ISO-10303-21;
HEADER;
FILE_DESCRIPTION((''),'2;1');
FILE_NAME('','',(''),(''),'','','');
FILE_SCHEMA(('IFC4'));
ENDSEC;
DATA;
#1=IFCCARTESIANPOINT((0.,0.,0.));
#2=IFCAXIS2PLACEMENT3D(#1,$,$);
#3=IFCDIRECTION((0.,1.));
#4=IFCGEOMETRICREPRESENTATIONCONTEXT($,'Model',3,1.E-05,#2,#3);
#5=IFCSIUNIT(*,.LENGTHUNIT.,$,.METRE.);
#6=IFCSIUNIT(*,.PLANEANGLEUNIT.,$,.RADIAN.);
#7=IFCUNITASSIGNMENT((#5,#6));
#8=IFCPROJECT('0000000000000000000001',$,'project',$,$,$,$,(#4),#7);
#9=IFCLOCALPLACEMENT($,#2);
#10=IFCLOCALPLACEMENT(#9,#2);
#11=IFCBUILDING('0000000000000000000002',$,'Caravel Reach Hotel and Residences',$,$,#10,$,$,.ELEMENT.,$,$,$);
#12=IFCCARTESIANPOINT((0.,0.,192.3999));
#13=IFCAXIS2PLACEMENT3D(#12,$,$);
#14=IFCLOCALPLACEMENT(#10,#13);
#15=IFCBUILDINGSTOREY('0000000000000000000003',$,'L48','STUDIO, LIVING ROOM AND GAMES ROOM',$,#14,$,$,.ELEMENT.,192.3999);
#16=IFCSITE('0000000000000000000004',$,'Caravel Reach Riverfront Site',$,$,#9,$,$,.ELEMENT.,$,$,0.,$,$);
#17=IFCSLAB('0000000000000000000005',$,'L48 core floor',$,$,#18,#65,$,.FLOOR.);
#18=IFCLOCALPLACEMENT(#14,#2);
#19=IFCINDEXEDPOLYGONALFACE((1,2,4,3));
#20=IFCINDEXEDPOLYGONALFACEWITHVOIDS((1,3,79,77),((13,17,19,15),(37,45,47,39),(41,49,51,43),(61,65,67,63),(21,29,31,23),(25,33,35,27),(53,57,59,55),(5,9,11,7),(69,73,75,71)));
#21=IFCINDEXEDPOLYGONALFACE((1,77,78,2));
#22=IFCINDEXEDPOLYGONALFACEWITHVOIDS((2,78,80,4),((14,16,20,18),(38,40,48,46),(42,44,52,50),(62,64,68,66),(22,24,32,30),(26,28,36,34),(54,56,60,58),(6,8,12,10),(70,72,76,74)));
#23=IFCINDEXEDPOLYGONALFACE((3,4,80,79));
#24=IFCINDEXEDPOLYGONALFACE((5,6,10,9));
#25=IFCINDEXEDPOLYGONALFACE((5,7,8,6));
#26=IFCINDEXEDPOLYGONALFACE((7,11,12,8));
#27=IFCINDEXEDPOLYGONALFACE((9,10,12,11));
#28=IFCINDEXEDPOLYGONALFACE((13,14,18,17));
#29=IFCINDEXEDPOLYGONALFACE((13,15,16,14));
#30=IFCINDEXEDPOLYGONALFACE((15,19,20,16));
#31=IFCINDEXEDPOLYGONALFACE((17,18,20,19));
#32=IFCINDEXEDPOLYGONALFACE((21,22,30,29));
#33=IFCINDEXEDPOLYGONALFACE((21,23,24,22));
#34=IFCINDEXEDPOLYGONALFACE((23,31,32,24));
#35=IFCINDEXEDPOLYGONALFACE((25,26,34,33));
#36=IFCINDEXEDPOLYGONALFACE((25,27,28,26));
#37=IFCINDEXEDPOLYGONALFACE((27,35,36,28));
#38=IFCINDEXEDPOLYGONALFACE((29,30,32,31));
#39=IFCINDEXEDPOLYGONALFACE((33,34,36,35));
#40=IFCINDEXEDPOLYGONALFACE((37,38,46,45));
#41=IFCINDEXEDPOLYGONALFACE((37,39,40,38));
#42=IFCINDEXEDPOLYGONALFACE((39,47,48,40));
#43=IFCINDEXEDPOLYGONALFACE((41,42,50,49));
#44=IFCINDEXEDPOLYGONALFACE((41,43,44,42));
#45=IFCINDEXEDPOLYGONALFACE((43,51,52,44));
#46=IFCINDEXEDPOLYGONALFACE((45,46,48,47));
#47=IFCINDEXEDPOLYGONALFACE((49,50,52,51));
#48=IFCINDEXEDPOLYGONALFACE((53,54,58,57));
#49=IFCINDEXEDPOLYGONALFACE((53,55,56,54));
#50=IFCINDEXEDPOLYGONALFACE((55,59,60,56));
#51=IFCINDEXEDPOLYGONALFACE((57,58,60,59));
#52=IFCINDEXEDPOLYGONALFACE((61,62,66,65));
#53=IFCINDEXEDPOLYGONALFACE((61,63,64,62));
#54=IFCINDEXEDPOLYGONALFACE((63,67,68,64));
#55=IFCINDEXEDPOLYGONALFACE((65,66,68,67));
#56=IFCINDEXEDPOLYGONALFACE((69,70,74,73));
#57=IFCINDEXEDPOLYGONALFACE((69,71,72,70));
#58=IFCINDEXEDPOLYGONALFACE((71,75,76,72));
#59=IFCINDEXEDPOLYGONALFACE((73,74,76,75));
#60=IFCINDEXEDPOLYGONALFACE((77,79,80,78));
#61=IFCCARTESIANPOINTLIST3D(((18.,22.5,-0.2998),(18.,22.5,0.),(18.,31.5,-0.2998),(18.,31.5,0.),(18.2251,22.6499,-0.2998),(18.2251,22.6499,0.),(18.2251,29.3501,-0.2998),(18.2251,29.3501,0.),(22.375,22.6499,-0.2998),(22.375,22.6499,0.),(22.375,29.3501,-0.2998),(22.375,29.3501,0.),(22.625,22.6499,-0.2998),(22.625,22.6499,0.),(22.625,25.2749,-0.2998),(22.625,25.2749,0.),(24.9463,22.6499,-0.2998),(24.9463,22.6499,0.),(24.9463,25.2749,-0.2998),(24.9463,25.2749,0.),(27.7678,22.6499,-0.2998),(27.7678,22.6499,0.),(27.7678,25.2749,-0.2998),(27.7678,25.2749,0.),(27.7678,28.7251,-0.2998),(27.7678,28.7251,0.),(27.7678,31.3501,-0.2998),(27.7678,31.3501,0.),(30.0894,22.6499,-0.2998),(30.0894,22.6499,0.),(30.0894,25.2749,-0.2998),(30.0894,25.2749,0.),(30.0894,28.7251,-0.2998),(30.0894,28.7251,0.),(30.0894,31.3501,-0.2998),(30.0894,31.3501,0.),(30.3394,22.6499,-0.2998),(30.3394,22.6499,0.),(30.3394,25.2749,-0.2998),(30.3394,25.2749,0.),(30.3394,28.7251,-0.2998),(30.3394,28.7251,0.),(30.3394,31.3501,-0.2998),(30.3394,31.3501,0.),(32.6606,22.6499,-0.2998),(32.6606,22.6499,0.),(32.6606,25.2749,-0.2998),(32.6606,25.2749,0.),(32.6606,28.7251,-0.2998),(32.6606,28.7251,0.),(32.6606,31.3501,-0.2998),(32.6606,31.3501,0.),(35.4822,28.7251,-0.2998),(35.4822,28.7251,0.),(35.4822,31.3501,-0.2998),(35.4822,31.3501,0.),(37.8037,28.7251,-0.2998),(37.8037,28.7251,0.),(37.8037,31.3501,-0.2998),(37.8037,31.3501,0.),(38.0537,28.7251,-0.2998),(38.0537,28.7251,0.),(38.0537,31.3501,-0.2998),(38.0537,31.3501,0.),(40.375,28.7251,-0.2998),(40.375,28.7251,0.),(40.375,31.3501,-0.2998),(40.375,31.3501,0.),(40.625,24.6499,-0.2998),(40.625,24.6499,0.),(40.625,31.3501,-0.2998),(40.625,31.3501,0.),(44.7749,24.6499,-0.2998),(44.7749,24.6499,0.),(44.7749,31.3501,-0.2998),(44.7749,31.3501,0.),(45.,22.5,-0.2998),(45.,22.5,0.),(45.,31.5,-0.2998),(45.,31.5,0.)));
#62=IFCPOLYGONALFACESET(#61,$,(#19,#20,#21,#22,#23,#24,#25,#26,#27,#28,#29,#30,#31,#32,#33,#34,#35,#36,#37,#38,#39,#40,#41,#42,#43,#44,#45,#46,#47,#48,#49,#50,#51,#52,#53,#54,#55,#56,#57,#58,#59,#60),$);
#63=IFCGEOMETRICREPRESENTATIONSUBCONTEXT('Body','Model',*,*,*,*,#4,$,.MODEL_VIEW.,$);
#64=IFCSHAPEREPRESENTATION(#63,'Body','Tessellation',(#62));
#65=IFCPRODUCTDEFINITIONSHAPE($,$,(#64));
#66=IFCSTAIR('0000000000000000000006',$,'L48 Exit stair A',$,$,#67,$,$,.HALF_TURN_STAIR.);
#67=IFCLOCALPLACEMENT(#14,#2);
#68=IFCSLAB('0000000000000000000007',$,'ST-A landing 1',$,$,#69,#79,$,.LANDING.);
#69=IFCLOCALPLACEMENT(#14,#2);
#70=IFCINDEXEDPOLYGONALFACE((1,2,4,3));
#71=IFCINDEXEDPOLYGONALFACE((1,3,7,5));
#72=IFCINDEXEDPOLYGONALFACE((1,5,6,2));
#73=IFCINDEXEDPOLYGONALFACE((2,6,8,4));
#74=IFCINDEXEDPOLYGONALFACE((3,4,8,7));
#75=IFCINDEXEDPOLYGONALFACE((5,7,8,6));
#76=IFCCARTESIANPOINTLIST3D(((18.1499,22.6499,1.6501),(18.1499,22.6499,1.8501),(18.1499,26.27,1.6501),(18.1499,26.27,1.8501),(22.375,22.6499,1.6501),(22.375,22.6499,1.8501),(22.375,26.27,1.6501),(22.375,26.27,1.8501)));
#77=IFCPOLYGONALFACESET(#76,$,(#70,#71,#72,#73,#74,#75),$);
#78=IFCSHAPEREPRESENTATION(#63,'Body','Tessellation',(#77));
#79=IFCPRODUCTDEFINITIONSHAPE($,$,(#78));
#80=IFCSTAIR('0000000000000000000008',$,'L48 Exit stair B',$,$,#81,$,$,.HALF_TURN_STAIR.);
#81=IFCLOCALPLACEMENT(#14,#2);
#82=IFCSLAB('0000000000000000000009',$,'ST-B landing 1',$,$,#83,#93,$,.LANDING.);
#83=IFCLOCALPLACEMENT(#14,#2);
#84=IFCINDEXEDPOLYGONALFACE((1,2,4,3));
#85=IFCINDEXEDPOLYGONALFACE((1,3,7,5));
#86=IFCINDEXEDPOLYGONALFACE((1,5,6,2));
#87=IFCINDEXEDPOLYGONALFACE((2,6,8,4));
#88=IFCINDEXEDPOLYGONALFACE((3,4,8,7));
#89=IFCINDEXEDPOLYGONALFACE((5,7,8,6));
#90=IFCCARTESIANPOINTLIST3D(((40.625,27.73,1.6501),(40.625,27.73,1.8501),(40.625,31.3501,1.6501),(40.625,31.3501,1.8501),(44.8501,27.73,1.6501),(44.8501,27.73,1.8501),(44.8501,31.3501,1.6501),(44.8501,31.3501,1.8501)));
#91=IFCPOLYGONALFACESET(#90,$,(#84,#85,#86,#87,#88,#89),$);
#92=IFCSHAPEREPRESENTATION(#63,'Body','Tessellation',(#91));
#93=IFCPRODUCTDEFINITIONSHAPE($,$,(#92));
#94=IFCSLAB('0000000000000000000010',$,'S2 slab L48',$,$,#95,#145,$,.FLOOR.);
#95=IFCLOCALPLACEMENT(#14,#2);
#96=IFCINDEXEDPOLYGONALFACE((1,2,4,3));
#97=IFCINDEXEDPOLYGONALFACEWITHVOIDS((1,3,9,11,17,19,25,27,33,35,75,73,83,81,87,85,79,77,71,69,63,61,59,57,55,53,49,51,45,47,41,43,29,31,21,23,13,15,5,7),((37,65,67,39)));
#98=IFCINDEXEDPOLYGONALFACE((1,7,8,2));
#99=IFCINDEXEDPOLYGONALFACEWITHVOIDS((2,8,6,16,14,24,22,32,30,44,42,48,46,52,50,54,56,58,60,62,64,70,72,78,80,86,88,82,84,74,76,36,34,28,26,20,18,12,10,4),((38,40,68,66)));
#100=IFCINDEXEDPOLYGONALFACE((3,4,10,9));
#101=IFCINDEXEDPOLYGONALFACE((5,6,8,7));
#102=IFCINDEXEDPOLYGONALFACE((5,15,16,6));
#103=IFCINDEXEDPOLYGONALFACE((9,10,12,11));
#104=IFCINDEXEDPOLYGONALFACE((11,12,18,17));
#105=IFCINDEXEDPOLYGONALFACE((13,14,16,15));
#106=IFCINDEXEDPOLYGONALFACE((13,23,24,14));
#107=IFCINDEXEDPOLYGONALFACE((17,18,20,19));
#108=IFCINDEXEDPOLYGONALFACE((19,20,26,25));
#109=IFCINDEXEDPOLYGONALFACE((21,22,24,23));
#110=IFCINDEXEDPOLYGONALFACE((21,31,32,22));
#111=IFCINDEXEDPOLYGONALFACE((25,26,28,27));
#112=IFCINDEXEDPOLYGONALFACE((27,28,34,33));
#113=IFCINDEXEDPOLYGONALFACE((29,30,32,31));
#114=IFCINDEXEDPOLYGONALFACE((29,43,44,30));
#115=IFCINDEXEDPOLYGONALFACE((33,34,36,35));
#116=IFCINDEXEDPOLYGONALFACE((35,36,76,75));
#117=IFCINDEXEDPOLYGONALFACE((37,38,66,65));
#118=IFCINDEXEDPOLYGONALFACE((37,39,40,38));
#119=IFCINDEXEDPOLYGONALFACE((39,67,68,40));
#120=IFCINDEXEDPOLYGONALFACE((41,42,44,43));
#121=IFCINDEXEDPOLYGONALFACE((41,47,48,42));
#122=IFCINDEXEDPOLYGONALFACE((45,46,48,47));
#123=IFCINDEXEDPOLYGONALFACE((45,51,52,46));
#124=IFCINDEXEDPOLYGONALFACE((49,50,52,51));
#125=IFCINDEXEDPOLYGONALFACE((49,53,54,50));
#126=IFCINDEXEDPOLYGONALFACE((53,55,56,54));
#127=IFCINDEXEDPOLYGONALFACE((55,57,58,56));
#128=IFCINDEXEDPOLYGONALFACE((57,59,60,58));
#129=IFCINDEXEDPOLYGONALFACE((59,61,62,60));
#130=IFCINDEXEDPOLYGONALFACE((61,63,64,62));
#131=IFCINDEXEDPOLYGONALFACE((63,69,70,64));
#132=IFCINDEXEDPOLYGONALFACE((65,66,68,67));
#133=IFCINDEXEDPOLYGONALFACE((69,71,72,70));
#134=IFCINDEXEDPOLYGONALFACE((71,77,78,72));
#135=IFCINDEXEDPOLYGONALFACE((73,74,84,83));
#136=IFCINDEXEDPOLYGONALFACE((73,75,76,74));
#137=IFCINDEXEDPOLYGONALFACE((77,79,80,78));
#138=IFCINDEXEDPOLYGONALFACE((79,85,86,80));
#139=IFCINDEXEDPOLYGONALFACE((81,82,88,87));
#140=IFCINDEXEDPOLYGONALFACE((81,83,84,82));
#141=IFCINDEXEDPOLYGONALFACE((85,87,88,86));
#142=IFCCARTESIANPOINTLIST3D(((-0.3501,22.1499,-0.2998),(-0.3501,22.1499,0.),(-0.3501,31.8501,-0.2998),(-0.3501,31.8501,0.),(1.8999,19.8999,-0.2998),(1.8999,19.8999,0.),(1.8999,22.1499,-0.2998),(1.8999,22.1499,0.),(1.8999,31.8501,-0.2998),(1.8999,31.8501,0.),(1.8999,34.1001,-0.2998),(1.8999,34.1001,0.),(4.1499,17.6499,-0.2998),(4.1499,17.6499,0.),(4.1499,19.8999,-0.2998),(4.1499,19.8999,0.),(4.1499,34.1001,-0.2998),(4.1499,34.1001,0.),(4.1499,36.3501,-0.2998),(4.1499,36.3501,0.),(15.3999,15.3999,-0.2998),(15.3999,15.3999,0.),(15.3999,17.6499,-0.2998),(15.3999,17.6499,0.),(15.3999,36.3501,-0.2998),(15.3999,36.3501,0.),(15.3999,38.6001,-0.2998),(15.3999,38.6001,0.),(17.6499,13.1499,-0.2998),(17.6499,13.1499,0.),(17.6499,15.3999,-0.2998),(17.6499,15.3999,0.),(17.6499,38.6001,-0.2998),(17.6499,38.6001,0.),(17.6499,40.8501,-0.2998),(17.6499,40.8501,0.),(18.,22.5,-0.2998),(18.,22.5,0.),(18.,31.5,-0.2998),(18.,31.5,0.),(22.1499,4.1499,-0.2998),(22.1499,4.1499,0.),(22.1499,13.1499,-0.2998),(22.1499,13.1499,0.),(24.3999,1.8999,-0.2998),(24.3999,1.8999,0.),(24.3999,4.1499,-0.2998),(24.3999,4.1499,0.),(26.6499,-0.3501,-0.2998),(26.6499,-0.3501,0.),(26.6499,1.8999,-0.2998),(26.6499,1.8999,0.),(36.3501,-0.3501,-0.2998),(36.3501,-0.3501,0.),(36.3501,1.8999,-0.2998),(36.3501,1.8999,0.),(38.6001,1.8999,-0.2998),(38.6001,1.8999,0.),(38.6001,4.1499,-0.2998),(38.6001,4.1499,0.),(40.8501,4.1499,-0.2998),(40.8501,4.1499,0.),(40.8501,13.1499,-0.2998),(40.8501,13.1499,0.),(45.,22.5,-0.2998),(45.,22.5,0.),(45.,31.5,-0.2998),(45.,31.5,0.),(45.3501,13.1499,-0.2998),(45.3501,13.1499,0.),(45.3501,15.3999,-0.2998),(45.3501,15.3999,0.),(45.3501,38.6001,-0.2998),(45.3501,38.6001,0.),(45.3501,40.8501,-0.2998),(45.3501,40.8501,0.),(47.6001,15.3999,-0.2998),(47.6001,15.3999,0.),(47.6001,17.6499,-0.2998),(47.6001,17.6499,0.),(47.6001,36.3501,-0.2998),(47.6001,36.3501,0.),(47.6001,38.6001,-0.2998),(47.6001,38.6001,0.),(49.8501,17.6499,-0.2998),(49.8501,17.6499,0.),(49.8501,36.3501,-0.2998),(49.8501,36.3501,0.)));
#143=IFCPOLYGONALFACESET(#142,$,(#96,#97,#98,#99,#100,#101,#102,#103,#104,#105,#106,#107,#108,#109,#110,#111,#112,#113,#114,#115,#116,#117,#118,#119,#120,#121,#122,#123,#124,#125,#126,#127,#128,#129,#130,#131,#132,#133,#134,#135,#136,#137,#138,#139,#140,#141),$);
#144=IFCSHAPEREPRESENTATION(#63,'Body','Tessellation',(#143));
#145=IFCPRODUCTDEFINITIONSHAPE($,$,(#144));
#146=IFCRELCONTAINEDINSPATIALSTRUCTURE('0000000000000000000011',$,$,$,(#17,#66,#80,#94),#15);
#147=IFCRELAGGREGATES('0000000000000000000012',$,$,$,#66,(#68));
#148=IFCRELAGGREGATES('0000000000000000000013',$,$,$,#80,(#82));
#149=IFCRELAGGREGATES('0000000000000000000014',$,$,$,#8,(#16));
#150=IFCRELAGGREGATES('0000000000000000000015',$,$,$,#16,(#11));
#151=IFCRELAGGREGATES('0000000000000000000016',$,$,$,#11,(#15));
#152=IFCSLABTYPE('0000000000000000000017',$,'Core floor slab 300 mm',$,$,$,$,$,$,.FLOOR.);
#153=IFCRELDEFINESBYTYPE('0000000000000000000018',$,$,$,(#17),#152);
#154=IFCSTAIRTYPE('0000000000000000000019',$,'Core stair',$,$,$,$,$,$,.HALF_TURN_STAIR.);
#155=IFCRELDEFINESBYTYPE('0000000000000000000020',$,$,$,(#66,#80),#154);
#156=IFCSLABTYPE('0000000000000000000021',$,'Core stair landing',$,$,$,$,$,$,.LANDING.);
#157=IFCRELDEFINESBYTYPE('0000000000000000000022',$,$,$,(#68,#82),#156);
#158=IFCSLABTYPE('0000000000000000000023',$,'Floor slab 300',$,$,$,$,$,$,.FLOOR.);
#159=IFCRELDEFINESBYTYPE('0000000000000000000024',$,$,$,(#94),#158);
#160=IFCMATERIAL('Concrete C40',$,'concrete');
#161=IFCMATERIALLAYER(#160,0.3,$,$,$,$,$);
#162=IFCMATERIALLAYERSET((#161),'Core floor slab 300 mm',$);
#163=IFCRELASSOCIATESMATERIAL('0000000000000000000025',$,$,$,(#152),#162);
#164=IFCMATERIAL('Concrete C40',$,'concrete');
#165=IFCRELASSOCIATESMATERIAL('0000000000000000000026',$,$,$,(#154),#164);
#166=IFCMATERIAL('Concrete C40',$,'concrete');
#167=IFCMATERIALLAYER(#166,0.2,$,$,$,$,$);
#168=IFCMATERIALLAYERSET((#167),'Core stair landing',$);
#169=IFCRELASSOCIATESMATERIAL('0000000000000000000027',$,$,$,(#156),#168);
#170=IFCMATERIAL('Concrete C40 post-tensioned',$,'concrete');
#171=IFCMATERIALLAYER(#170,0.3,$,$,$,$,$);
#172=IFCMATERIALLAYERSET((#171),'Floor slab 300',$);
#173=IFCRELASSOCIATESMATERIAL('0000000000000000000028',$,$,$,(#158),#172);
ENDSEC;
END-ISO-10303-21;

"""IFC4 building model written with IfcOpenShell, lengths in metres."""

from ifc_helpers import new_model, si_unit, direction, frame, origin, place, context, subcontext, project, spatial, polyline, outline, extrude, material, layer, layer_set, type_object, element, aggregate, save


model = new_model("IFC4")

# Units and contexts
model_context = context("Model", 3, precision=1e-05, world=origin(), true_north=direction((0.0, 1.0)))
body_context = subcontext(model_context, "Body", "Model", "MODEL_VIEW")
ifc_project = project(units=[si_unit("LENGTHUNIT", "METRE"), si_unit("PLANEANGLEUNIT", "RADIAN")], contexts=[model_context])

# Site, building, storey
site_placement = place(None, origin())
site = spatial("IfcSite", under=ifc_project, at=site_placement, Name="Caravel Reach Riverfront Site", CompositionType="ELEMENT", RefElevation=0.0)
building_placement = place(site_placement, origin())
building = spatial("IfcBuilding", under=site, at=building_placement, Name="Caravel Reach Hotel and Residences", CompositionType="ELEMENT")
storey_placement = place(building_placement, frame((0.0, 0.0, 192.3999)))
storey = spatial("IfcBuildingStorey", under=building, at=storey_placement, Name="L48", Description="STUDIO, LIVING ROOM AND GAMES ROOM", CompositionType="ELEMENT", Elevation=192.3999)

# Slab
ifc_material_1 = material(Name="Concrete C40", Category="concrete")
ifc_layer_1 = layer(ifc_material_1, 0.3)
ifc_layer_set_1 = layer_set([ifc_layer_1], Name="Core floor slab 300 mm")
slab_type_1 = type_object("IfcSlabType", Name="Core floor slab 300 mm", PredefinedType="FLOOR", material=ifc_layer_set_1)
slab_1_placement = place(storey_placement, frame((0.0, 0.0, -0.2998)))
element("IfcSlab", 1, at=slab_1_placement, inside=storey, type_object=slab_type_1, Name="L48 core floor", PredefinedType="FLOOR", context=body_context, shape_type="SweptSolid", body=[
    extrude(outline(polyline([(18.0, 31.5), (45.0, 31.5), (45.0, 22.5), (18.0, 22.5), (18.0, 31.5)]), holes=[polyline([(22.625, 25.2749), (22.625, 22.6499), (24.9463, 22.6499), (24.9463, 25.2749), (22.625, 25.2749)]), polyline([(27.7678, 25.2749), (27.7678, 22.6499), (30.0894, 22.6499), (30.0894, 25.2749), (27.7678, 25.2749)]), polyline([(30.3394, 25.2749), (30.3394, 22.6499), (32.6606, 22.6499), (32.6606, 25.2749), (30.3394, 25.2749)]), polyline([(22.375, 22.6499), (22.375, 29.3501), (18.2251, 29.3501), (18.2251, 22.6499), (22.375, 22.6499)]), polyline([(40.625, 31.3501), (40.625, 24.6499), (44.7749, 24.6499), (44.7749, 31.3501), (40.625, 31.3501)]), polyline([(27.7678, 31.3501), (27.7678, 28.7251), (30.0894, 28.7251), (30.0894, 31.3501), (27.7678, 31.3501)]), polyline([(30.3394, 31.3501), (30.3394, 28.7251), (32.6606, 28.7251), (32.6606, 31.3501), (30.3394, 31.3501)]), polyline([(37.8037, 31.3501), (35.4822, 31.3501), (35.4822, 28.7251), (37.8037, 28.7251), (37.8037, 31.3501)]), polyline([(40.375, 31.3501), (38.0537, 31.3501), (38.0537, 28.7251), (40.375, 28.7251), (40.375, 31.3501)])]), origin(), (0.0, 0.0, 1.0), 0.2998),
])

# Stairs, slabs
ifc_material_2 = material(Name="Concrete C40", Category="concrete")
stair_type = type_object("IfcStairType", Name="Core stair", PredefinedType="HALF_TURN_STAIR", material=ifc_material_2)
stair_1_placement = place(storey_placement, origin())
stair_1 = element("IfcStair", 2, at=stair_1_placement, inside=storey, type_object=stair_type, Name="L48 Exit stair A", PredefinedType="HALF_TURN_STAIR")
ifc_material_3 = material(Name="Concrete C40", Category="concrete")
ifc_layer_2 = layer(ifc_material_3, 0.2)
ifc_layer_set_2 = layer_set([ifc_layer_2], Name="Core stair landing")
slab_type_2 = type_object("IfcSlabType", Name="Core stair landing", PredefinedType="LANDING", material=ifc_layer_set_2)
slab_2_placement = place(storey_placement, frame((0.0, 0.0, 1.6501)))
slab_2 = element("IfcSlab", 3, at=slab_2_placement, type_object=slab_type_2, Name="ST-A landing 1", PredefinedType="LANDING", context=body_context, shape_type="SweptSolid", body=[
    extrude(outline(polyline([(18.1499, 26.27), (18.1499, 22.6499), (22.375, 22.6499), (22.375, 26.27), (18.1499, 26.27)])), origin(), (0.0, 0.0, 1.0), 0.2),
])
aggregate(stair_1, [slab_2])
stair_2_placement = place(storey_placement, origin())
stair_2 = element("IfcStair", 4, at=stair_2_placement, inside=storey, type_object=stair_type, Name="L48 Exit stair B", PredefinedType="HALF_TURN_STAIR")
slab_3_placement = place(storey_placement, frame((0.0, 0.0, 1.6501)))
slab_3 = element("IfcSlab", 5, at=slab_3_placement, type_object=slab_type_2, Name="ST-B landing 1", PredefinedType="LANDING", context=body_context, shape_type="SweptSolid", body=[
    extrude(outline(polyline([(44.8501, 27.73), (44.8501, 31.3501), (40.625, 31.3501), (40.625, 27.73), (44.8501, 27.73)])), origin(), (0.0, 0.0, 1.0), 0.2),
])
aggregate(stair_2, [slab_3])

# Slab
ifc_material_4 = material(Name="Concrete C40 post-tensioned", Category="concrete")
ifc_layer_3 = layer(ifc_material_4, 0.3)
ifc_layer_set_3 = layer_set([ifc_layer_3], Name="Floor slab 300")
slab_type_3 = type_object("IfcSlabType", Name="Floor slab 300", PredefinedType="FLOOR", material=ifc_layer_set_3)
slab_4_placement = place(storey_placement, frame((0.0, 0.0, -0.2998)))
element("IfcSlab", 6, at=slab_4_placement, inside=storey, type_object=slab_type_3, Name="S2 slab L48", PredefinedType="FLOOR", context=body_context, shape_type="SweptSolid", body=[
    extrude(outline(polyline([(38.6001, 4.1499), (38.6001, 1.8999), (36.3501, 1.8999), (36.3501, -0.3501), (26.6499, -0.3501), (26.6499, 1.8999), (24.3999, 1.8999), (24.3999, 4.1499), (22.1499, 4.1499), (22.1499, 13.1499), (17.6499, 13.1499), (17.6499, 15.3999), (15.3999, 15.3999), (15.3999, 17.6499), (4.1499, 17.6499), (4.1499, 19.8999), (1.8999, 19.8999), (1.8999, 22.1499), (-0.3501, 22.1499), (-0.3501, 31.8501), (1.8999, 31.8501), (1.8999, 34.1001), (4.1499, 34.1001), (4.1499, 36.3501), (15.3999, 36.3501), (15.3999, 38.6001), (17.6499, 38.6001), (17.6499, 40.8501), (45.3501, 40.8501), (45.3501, 38.6001), (47.6001, 38.6001), (47.6001, 36.3501), (49.8501, 36.3501), (49.8501, 17.6499), (47.6001, 17.6499), (47.6001, 15.3999), (45.3501, 15.3999), (45.3501, 13.1499), (40.8501, 13.1499), (40.8501, 4.1499), (38.6001, 4.1499)]), holes=[polyline([(45.0, 31.5), (18.0, 31.5), (18.0, 22.5), (45.0, 22.5), (45.0, 31.5)])]), origin(), (0.0, 0.0, 1.0), 0.2998),
])

save(model, "model.ifc")
